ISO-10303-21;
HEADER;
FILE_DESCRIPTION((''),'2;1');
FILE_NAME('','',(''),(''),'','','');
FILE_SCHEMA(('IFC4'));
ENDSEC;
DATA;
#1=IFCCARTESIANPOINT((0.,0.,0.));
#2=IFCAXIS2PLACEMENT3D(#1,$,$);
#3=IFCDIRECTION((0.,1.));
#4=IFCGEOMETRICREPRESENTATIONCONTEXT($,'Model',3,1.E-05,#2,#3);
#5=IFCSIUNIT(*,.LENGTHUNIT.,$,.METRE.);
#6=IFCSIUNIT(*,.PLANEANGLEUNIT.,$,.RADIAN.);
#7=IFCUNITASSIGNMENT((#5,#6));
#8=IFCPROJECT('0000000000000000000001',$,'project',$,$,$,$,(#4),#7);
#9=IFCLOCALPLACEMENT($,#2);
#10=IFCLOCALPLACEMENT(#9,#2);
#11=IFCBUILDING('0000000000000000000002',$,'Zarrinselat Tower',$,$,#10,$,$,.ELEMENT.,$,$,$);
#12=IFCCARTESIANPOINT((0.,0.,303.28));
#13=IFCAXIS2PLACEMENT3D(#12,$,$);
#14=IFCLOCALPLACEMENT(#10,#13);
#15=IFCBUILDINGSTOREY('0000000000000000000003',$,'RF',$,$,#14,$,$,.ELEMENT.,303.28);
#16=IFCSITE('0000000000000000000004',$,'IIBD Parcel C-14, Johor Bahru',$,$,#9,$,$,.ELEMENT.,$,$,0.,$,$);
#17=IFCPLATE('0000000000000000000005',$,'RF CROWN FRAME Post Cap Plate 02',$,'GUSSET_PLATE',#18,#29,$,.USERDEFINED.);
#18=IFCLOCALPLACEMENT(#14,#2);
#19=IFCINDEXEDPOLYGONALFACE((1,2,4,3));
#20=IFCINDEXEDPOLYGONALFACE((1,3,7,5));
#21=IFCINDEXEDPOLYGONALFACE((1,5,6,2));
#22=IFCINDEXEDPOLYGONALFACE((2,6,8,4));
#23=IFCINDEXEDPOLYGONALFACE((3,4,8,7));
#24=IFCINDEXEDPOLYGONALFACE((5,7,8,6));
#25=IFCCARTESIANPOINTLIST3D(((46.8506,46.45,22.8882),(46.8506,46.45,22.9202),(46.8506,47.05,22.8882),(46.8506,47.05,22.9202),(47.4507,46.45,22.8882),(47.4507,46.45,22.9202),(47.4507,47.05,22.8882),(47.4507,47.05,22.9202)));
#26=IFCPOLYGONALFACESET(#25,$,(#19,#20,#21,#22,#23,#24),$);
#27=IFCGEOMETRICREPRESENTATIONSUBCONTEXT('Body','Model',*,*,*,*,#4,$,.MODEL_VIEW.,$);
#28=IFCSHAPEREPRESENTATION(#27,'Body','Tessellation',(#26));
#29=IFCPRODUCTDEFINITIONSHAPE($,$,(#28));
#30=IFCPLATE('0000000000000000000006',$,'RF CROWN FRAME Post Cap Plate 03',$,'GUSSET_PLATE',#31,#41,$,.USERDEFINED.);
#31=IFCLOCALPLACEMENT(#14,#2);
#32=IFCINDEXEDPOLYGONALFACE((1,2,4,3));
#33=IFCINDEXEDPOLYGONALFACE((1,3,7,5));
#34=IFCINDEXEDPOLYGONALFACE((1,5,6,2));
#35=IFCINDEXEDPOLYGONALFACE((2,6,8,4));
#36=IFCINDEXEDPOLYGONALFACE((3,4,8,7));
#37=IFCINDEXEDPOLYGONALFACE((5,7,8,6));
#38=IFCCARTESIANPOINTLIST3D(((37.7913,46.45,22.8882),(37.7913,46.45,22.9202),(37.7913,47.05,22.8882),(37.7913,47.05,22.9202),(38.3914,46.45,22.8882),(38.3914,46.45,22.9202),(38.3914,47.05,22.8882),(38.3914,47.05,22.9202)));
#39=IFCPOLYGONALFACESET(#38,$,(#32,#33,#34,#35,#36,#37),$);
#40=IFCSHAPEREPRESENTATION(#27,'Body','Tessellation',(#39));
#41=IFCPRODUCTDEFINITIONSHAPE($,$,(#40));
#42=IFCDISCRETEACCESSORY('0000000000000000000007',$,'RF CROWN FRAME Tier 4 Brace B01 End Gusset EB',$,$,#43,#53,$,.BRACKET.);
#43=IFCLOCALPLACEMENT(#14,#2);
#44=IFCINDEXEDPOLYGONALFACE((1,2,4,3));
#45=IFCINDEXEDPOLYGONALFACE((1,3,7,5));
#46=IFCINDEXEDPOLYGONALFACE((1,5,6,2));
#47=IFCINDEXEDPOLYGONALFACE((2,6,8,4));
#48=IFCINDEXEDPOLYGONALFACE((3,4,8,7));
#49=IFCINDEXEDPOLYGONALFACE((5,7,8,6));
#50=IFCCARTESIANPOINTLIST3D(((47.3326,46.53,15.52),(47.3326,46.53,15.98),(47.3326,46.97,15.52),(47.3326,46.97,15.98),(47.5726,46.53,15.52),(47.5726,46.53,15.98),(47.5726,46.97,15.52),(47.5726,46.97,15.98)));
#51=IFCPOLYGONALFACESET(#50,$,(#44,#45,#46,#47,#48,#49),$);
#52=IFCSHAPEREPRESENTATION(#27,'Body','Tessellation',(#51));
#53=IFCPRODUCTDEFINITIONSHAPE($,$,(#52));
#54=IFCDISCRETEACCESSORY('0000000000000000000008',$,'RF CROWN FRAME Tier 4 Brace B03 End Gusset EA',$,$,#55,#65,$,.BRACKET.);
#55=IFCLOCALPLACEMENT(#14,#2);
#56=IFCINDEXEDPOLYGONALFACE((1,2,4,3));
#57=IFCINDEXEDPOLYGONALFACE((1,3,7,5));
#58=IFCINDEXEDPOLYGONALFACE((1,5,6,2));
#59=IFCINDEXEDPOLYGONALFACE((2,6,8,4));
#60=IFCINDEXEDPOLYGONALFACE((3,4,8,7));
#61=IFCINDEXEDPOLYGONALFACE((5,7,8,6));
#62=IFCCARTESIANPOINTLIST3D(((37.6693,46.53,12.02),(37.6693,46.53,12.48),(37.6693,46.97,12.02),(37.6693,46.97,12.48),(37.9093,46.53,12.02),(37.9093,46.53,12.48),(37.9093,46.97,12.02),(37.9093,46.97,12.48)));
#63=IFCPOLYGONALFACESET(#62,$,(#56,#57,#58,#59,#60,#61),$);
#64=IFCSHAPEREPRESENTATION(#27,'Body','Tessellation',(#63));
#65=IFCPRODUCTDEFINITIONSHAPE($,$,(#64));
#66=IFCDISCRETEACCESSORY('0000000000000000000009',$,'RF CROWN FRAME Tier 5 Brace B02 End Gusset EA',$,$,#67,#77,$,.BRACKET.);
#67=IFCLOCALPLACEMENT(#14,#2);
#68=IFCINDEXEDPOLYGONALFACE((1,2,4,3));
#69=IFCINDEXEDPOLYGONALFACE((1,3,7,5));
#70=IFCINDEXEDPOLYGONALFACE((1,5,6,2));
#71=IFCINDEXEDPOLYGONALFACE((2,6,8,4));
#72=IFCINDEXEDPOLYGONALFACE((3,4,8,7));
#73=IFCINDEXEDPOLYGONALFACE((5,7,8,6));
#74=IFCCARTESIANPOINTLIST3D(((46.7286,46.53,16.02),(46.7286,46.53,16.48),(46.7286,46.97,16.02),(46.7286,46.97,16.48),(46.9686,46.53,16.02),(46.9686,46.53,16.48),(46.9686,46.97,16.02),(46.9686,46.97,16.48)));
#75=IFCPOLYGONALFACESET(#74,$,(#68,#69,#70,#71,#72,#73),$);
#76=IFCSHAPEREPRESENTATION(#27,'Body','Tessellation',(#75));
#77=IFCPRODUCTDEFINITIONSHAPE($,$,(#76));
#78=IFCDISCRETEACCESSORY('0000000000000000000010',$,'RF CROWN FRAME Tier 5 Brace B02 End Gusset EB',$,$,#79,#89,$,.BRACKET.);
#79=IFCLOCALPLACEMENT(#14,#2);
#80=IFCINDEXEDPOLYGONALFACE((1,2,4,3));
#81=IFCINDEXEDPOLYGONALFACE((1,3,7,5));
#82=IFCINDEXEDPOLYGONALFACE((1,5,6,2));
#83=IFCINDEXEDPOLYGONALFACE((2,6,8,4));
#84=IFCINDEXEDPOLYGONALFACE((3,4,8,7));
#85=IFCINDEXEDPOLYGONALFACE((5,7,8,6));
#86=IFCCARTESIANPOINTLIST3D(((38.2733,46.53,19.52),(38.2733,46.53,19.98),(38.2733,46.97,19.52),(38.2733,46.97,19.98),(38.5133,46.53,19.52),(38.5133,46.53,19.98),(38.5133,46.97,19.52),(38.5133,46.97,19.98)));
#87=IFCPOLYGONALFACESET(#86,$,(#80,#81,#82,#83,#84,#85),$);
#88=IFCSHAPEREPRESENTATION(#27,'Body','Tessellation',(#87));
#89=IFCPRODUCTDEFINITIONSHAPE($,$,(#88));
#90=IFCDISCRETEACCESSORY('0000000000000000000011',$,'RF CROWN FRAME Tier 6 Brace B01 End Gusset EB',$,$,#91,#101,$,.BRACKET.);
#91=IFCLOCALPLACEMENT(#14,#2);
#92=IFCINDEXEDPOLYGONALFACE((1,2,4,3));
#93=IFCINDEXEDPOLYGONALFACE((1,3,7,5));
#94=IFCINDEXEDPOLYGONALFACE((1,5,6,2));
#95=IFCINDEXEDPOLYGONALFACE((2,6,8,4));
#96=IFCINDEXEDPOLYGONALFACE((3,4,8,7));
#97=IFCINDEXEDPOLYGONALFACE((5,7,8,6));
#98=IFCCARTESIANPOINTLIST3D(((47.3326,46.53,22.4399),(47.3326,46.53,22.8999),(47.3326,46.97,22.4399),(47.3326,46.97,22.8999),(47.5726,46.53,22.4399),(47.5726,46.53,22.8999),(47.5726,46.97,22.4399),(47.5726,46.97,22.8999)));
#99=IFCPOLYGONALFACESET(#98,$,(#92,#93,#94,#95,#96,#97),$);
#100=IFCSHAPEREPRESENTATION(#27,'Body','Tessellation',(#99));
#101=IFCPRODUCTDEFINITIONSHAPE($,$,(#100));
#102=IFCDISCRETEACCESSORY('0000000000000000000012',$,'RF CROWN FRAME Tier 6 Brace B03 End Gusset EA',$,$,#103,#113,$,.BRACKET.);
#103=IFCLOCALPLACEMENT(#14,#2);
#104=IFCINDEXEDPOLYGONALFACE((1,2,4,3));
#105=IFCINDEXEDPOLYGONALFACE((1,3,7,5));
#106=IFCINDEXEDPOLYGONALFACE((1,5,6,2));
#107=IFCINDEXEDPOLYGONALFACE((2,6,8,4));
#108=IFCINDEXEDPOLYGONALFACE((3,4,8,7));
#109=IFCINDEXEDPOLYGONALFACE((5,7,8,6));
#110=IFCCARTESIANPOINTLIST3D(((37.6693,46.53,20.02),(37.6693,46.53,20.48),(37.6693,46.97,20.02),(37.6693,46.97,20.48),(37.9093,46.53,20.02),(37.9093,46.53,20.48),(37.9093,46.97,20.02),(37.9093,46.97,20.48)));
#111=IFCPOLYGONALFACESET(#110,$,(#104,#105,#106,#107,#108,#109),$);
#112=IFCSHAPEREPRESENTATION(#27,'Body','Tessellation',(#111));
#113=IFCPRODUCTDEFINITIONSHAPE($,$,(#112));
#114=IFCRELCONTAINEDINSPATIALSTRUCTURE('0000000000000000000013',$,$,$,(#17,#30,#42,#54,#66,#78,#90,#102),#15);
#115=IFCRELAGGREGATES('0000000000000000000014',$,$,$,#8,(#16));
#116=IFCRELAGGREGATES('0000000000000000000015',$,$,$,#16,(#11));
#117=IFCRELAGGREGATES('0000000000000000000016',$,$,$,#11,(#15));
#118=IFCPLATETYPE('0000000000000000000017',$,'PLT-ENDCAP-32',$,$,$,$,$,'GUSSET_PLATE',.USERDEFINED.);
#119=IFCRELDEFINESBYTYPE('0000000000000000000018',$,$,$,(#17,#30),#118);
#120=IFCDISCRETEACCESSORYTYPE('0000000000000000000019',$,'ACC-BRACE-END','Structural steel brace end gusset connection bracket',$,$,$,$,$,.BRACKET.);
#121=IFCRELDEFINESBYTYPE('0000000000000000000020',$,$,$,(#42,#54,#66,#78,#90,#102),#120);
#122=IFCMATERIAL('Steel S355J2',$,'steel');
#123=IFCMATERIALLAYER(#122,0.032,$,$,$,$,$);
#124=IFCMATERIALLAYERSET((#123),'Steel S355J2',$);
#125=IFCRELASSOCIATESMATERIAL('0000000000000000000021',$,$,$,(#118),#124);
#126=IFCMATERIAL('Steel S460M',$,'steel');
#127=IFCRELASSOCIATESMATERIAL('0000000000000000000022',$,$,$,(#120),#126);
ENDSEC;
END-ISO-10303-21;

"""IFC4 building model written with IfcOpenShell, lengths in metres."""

from ifc_helpers import new_model, si_unit, direction, frame, origin, origin_2d, place, context, subcontext, project, spatial, rectangle, extrude, material, layer, layer_set, type_object, element, save


model = new_model("IFC4")

# Units and contexts
model_context = context("Model", 3, precision=1e-05, world=origin(), true_north=direction((0.0, 1.0)))
body_context = subcontext(model_context, "Body", "Model", "MODEL_VIEW")
ifc_project = project(units=[si_unit("LENGTHUNIT", "METRE"), si_unit("PLANEANGLEUNIT", "RADIAN")], contexts=[model_context])

# Site, building, storey
site_placement = place(None, origin())
site = spatial("IfcSite", under=ifc_project, at=site_placement, Name="IIBD Parcel C-14, Johor Bahru", CompositionType="ELEMENT", RefElevation=0.0)
building_placement = place(site_placement, origin())
building = spatial("IfcBuilding", under=site, at=building_placement, Name="Zarrinselat Tower", CompositionType="ELEMENT")
storey_placement = place(building_placement, frame((0.0, 0.0, 303.28)))
storey = spatial("IfcBuildingStorey", under=building, at=storey_placement, Name="RF", CompositionType="ELEMENT", Elevation=303.28)

# Plates
ifc_material_1 = material(Name="Steel S355J2", Category="steel")
ifc_layer_1 = layer(ifc_material_1, 0.032)
ifc_layer_set_1 = layer_set([ifc_layer_1], Name="Steel S355J2")
plate_type_1 = type_object("IfcPlateType", Name="PLT-ENDCAP-32", ElementType="GUSSET_PLATE", PredefinedType="USERDEFINED", material=ifc_layer_set_1)
for number, where, z_axis, x_axis, name in (
    (1, (47.1506, 46.75, 22.8882), (0.0, 0.0, 1.0), (1.0, 0.0, 0.0), "RF CROWN FRAME Post Cap Plate 02"),
    (2, (38.0913, 46.75, 22.8882), (0.0, 0.0, 1.0), (1.0, 0.0, 0.0), "RF CROWN FRAME Post Cap Plate 03"),
):
    element("IfcPlate", number, at=place(storey_placement, frame(where, z_axis=z_axis, x_axis=x_axis)), inside=storey, type_object=plate_type_1, Name=name, ObjectType="GUSSET_PLATE", PredefinedType="USERDEFINED", context=body_context, shape_type="SweptSolid", body=[
        extrude(rectangle(XDim=0.6001, YDim=0.6001, at=origin_2d()), origin(), (0.0, 0.0, 1.0), 0.032),
    ])

# Discrete accessories
ifc_material_2 = material(Name="Steel S460M", Category="steel")
discrete_accessory_type = type_object("IfcDiscreteAccessoryType", Name="ACC-BRACE-END", Description="Structural steel brace end gusset connection bracket", PredefinedType="BRACKET", material=ifc_material_2)
for number, where, z_axis, x_axis, name in (
    (3, (47.4526, 46.75, 15.52), (0.0, 0.0, 1.0), (-1.0, 0.0, 0.0), "RF CROWN FRAME Tier 4 Brace B01 End Gusset EB"),
    (4, (37.7893, 46.75, 12.02), (0.0, 0.0, 1.0), (-1.0, 0.0, 0.0), "RF CROWN FRAME Tier 4 Brace B03 End Gusset EA"),
    (5, (46.8486, 46.75, 16.02), (0.0, 0.0, 1.0), (-1.0, 0.0, 0.0), "RF CROWN FRAME Tier 5 Brace B02 End Gusset EA"),
    (6, (38.3933, 46.75, 19.52), (0.0, 0.0, 1.0), (-1.0, 0.0, 0.0), "RF CROWN FRAME Tier 5 Brace B02 End Gusset EB"),
    (7, (47.4526, 46.75, 22.4399), (0.0, 0.0, 1.0), (-1.0, 0.0, 0.0), "RF CROWN FRAME Tier 6 Brace B01 End Gusset EB"),
    (8, (37.7893, 46.75, 20.02), (0.0, 0.0, 1.0), (-1.0, 0.0, 0.0), "RF CROWN FRAME Tier 6 Brace B03 End Gusset EA"),
):
    element("IfcDiscreteAccessory", number, at=place(storey_placement, frame(where, z_axis=z_axis, x_axis=x_axis)), inside=storey, type_object=discrete_accessory_type, Name=name, PredefinedType="BRACKET", context=body_context, shape_type="SweptSolid", body=[
        extrude(rectangle(XDim=0.24, YDim=0.4399, at=origin_2d()), origin(), (0.0, 0.0, 1.0), 0.46),
    ])

save(model, "model.ifc")
